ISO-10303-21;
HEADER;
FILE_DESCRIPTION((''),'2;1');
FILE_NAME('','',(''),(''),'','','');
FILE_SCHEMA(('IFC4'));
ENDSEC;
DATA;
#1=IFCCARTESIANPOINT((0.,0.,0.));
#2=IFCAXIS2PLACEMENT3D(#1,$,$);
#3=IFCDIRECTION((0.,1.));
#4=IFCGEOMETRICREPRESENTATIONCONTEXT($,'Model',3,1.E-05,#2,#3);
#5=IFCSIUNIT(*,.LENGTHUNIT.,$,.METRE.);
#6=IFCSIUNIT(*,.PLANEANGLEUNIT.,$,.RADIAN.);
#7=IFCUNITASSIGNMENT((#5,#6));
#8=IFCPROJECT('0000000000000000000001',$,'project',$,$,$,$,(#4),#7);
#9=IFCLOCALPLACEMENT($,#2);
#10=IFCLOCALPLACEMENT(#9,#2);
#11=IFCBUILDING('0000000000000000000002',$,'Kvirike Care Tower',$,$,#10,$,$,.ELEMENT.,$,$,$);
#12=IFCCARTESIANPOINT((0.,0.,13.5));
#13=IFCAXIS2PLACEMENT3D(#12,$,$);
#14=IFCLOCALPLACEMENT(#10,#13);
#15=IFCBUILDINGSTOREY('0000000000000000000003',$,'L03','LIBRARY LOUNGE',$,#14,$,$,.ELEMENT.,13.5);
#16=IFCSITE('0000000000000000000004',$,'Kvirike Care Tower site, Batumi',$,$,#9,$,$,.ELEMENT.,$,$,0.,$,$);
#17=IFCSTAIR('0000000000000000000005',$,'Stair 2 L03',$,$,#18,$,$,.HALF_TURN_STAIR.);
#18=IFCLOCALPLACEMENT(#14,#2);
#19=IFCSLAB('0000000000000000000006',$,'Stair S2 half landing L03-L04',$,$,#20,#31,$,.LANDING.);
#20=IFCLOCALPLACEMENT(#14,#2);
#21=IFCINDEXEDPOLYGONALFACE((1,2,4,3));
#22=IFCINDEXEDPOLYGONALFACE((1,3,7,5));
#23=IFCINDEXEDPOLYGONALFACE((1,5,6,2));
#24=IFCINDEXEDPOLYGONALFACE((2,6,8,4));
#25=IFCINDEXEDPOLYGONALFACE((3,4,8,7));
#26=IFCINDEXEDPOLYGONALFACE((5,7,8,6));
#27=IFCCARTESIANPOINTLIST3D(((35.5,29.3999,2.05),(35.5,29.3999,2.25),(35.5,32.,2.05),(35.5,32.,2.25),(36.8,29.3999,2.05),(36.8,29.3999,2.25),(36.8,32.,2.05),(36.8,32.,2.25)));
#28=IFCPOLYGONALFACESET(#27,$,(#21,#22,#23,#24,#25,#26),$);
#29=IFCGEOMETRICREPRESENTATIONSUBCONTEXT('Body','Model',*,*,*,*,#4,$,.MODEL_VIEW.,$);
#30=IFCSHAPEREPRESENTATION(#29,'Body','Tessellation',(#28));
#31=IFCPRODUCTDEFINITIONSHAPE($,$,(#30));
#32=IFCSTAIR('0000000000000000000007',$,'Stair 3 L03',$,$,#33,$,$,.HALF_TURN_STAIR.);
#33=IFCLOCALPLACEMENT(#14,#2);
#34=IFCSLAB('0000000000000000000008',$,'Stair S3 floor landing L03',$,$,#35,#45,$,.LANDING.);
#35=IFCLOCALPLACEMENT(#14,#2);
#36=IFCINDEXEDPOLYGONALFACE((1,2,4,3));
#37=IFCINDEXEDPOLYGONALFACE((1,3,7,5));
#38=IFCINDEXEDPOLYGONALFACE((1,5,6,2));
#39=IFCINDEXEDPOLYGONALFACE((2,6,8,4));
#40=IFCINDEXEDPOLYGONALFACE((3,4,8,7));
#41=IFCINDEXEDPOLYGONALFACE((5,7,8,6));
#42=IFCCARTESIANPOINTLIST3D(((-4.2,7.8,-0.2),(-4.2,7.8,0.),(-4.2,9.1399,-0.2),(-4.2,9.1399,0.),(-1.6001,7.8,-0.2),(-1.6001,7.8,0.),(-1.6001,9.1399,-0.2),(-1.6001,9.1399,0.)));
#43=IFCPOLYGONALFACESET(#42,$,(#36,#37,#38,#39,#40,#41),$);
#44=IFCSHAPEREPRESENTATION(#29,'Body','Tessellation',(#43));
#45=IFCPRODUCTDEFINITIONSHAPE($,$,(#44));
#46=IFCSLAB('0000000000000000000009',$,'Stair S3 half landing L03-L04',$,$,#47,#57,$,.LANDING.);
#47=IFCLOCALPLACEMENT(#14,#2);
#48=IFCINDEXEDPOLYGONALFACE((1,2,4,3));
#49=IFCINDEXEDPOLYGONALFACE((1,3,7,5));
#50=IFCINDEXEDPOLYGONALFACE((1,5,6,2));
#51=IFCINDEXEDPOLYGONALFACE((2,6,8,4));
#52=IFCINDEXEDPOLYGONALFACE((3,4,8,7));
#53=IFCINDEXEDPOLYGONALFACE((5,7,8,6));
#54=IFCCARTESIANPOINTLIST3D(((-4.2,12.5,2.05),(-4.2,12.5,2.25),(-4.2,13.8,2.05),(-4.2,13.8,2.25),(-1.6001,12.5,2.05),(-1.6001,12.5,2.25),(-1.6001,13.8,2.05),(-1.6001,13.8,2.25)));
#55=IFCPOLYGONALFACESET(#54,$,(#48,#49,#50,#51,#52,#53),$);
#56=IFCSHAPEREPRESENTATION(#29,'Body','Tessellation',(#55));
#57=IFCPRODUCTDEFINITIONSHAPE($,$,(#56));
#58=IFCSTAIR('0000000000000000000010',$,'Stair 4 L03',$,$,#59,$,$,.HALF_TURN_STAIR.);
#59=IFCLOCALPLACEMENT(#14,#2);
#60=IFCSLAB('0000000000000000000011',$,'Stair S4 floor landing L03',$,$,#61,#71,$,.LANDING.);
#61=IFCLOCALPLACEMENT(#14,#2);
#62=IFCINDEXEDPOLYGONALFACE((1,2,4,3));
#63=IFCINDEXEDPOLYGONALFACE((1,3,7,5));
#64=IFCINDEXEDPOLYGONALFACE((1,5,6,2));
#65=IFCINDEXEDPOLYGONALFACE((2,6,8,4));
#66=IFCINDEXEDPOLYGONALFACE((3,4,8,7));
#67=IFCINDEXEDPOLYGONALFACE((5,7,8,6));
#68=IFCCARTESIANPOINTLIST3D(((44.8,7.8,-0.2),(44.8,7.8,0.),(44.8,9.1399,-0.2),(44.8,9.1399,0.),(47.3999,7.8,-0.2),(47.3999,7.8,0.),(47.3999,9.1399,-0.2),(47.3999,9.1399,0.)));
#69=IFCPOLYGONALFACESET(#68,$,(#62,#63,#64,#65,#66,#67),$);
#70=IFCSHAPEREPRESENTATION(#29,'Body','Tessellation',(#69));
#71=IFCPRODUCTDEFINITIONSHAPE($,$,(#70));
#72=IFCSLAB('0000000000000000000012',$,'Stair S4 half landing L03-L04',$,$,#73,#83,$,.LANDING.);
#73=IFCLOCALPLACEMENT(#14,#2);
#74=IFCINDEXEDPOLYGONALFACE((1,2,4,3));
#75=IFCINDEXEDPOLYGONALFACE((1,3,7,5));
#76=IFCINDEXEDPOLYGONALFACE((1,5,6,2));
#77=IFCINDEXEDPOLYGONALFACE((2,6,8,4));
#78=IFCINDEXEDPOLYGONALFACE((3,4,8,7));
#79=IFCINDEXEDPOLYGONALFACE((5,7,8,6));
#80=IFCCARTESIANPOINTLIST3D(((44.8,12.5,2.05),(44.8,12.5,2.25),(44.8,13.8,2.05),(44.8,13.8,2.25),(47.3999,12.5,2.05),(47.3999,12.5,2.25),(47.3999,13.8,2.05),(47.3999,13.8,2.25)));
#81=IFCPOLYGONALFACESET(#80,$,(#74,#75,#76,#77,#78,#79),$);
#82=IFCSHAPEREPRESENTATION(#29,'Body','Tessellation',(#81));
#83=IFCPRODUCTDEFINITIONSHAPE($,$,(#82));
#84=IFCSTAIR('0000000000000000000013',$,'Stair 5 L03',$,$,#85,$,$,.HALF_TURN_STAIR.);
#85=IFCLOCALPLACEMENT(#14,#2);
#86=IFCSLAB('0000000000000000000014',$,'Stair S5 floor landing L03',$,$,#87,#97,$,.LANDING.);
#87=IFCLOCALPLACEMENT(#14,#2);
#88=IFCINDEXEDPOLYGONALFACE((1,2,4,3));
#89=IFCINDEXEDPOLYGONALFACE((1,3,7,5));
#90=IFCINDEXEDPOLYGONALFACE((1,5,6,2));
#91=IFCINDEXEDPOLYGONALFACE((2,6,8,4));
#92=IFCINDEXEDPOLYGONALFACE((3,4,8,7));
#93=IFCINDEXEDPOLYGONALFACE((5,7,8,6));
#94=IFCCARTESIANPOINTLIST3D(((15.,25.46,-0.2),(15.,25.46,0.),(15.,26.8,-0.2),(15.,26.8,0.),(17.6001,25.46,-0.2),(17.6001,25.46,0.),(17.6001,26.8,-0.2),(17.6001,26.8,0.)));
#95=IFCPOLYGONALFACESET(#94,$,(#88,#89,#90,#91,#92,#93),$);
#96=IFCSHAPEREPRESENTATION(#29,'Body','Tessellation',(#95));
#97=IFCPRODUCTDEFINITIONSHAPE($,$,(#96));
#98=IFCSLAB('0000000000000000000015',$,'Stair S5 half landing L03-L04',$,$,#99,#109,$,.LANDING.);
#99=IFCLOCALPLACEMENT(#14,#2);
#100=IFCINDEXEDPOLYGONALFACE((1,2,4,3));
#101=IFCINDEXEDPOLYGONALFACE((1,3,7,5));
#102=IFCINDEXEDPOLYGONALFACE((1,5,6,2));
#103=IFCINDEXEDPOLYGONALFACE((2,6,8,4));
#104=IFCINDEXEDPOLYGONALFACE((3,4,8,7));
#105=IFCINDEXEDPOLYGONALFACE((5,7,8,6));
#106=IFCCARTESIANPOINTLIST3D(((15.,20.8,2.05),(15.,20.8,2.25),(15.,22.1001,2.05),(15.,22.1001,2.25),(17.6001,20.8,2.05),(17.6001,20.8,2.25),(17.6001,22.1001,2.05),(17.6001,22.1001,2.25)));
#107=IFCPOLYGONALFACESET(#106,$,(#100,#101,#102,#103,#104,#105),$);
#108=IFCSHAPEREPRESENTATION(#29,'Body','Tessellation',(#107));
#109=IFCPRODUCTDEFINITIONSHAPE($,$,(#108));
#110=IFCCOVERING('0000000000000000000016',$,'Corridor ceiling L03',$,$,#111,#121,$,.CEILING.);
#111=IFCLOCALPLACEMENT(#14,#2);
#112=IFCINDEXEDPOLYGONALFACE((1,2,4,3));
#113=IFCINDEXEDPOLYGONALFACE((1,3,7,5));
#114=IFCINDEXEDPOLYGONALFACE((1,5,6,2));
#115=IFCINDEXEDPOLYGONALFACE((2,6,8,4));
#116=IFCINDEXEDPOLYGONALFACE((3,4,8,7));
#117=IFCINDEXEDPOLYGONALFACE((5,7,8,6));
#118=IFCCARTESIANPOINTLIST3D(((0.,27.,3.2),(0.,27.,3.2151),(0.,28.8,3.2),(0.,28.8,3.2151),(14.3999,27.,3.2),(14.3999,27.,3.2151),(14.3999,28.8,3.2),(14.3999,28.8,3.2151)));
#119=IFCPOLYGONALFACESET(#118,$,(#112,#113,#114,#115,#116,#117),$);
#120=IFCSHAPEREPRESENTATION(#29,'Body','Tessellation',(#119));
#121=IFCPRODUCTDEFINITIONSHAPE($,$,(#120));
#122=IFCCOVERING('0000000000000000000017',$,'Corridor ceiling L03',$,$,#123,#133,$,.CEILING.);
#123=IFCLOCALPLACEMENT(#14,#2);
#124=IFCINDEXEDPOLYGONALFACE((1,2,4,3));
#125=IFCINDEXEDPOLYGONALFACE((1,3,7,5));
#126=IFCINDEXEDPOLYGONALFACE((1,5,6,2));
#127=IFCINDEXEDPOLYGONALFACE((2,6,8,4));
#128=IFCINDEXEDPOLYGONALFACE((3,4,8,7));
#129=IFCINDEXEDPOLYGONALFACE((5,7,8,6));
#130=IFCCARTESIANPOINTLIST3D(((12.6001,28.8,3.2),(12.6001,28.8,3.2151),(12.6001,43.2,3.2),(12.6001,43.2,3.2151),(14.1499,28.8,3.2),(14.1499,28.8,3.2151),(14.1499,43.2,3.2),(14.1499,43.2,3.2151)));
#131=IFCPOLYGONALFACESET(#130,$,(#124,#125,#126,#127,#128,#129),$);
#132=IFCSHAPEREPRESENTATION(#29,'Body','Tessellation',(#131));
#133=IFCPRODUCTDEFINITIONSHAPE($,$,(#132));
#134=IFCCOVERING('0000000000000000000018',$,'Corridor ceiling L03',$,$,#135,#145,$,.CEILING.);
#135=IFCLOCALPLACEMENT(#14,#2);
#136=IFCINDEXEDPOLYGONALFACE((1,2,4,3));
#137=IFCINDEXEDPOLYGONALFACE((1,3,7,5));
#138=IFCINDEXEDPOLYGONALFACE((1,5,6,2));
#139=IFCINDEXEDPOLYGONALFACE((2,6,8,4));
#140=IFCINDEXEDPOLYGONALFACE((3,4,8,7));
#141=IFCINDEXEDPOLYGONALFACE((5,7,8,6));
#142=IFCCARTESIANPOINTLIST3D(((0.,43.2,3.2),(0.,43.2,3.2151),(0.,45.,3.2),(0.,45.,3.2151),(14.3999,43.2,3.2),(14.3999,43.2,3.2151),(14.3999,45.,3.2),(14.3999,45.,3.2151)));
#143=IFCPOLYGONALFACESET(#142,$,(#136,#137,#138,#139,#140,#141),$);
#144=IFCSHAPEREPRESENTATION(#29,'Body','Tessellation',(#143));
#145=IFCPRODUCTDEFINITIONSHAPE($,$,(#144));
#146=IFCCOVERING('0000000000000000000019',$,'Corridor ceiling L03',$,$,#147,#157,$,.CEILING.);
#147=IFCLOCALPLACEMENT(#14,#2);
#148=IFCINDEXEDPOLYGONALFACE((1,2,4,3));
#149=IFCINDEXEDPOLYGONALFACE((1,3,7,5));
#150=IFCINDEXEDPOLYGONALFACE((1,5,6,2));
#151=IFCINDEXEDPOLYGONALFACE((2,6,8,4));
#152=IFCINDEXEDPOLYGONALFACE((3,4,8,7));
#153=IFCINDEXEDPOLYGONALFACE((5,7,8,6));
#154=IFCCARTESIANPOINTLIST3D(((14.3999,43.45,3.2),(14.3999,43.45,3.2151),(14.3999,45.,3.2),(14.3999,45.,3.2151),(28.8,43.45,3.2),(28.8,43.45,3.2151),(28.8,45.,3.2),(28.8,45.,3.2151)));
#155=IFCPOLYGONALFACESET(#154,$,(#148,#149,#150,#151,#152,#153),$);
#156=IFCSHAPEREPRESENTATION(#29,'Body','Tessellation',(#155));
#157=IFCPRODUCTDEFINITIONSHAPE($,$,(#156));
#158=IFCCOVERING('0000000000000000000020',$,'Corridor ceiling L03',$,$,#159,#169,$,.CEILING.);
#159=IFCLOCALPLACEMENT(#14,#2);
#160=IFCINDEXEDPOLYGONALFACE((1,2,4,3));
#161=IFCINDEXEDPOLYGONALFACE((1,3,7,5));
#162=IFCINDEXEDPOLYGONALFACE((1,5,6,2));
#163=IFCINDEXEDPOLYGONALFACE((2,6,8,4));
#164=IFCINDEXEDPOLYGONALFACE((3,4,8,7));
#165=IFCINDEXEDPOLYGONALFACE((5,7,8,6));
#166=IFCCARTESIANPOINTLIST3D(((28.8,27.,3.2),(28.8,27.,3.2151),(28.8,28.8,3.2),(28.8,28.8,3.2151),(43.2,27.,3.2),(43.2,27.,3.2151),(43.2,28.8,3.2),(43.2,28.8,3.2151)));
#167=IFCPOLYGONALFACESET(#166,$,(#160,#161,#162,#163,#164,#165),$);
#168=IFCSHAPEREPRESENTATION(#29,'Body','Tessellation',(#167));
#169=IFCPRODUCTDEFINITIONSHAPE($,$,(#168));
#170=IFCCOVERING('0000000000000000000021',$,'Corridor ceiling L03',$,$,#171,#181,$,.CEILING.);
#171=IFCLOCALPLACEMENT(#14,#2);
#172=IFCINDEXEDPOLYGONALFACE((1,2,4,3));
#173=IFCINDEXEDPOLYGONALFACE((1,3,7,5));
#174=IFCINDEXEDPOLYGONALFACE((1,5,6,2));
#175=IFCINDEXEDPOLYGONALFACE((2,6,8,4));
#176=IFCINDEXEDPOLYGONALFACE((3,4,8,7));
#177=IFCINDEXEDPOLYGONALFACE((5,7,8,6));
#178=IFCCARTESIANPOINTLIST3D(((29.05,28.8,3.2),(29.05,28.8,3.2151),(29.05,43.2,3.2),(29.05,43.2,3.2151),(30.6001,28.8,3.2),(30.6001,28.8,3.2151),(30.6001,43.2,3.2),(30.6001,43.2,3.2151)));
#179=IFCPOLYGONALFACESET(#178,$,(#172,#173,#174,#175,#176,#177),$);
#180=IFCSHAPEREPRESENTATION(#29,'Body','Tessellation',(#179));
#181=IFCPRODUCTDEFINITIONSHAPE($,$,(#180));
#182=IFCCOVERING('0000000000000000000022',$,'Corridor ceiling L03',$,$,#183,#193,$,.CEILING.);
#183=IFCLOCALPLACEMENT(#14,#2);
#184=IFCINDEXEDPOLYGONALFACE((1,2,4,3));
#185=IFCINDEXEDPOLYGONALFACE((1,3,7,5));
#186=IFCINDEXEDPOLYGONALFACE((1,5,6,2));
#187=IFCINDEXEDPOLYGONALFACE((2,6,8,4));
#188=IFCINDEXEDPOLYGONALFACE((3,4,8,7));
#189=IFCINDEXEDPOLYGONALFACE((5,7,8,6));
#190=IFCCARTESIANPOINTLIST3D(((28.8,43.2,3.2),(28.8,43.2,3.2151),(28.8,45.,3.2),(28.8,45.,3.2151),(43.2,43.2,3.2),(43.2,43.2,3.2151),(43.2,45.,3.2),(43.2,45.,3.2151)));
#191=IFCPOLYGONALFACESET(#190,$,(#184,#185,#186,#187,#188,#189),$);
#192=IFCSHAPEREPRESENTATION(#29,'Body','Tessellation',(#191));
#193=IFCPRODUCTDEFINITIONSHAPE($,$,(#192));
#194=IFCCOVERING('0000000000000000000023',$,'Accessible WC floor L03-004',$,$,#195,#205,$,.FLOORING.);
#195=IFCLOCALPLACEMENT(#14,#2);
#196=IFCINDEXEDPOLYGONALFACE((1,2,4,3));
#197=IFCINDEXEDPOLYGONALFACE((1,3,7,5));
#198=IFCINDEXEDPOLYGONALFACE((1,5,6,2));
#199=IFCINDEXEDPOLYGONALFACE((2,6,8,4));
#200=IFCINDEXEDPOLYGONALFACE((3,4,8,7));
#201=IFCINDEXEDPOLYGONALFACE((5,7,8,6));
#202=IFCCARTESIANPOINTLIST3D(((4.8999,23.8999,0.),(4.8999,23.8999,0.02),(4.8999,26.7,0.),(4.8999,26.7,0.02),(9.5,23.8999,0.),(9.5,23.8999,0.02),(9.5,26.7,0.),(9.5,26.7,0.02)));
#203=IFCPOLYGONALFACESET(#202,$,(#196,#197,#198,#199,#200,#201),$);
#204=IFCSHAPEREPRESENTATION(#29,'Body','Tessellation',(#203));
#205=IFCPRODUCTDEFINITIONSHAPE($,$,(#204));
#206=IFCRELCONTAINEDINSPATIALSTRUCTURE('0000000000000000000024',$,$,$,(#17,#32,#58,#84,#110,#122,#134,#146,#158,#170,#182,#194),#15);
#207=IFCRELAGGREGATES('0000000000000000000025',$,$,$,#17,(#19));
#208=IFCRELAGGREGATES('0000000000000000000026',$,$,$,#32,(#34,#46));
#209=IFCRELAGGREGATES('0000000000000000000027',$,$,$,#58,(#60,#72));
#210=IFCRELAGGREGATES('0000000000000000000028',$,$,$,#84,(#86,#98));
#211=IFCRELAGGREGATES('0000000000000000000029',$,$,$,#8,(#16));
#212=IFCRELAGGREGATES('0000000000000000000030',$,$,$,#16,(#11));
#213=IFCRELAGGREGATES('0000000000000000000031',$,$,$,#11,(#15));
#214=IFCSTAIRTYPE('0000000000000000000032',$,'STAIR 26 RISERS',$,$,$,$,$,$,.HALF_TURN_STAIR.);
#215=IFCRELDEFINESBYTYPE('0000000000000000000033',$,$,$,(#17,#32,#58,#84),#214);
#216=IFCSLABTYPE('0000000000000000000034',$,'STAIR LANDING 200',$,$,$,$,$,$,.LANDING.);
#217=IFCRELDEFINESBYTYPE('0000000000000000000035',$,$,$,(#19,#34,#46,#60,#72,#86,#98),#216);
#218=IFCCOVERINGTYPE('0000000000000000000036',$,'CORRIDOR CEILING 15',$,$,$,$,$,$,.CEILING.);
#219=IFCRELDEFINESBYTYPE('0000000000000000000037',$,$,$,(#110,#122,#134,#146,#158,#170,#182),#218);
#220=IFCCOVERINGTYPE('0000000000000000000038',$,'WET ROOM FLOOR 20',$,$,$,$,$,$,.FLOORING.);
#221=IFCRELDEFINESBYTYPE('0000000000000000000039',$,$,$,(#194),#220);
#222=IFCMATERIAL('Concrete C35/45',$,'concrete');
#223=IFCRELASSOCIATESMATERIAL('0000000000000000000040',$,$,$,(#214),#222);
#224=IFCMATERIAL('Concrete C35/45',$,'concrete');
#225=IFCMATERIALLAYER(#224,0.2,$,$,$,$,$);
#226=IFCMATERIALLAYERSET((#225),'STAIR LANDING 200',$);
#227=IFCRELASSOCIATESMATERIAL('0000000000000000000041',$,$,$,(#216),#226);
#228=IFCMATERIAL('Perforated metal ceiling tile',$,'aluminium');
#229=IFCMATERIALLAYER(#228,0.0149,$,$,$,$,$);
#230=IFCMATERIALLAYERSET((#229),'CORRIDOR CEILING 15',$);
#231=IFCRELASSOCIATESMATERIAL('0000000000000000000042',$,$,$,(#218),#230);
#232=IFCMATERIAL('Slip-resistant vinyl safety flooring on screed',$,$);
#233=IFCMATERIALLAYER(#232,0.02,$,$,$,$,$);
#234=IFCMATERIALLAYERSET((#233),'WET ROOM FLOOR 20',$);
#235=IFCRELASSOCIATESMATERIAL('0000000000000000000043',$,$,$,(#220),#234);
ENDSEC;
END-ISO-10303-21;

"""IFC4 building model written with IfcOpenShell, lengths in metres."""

from ifc_helpers import new_model, si_unit, direction, frame, origin, place, context, subcontext, project, spatial, polyline, outline, extrude, material, layer, layer_set, type_object, element, aggregate, save


model = new_model("IFC4")

# Units and contexts
model_context = context("Model", 3, precision=1e-05, world=origin(), true_north=direction((0.0, 1.0)))
body_context = subcontext(model_context, "Body", "Model", "MODEL_VIEW")
ifc_project = project(units=[si_unit("LENGTHUNIT", "METRE"), si_unit("PLANEANGLEUNIT", "RADIAN")], contexts=[model_context])

# Site, building, storey
site_placement = place(None, origin())
site = spatial("IfcSite", under=ifc_project, at=site_placement, Name="Kvirike Care Tower site, Batumi", CompositionType="ELEMENT", RefElevation=0.0)
building_placement = place(site_placement, origin())
building = spatial("IfcBuilding", under=site, at=building_placement, Name="Kvirike Care Tower", CompositionType="ELEMENT")
storey_placement = place(building_placement, frame((0.0, 0.0, 13.5)))
storey = spatial("IfcBuildingStorey", under=building, at=storey_placement, Name="L03", Description="LIBRARY LOUNGE", CompositionType="ELEMENT", Elevation=13.5)

# Stairs, slabs
ifc_material_1 = material(Name="Concrete C35/45", Category="concrete")
stair_type = type_object("IfcStairType", Name="STAIR 26 RISERS", PredefinedType="HALF_TURN_STAIR", material=ifc_material_1)
ifc_material_2 = material(Name="Concrete C35/45", Category="concrete")
ifc_layer_1 = layer(ifc_material_2, 0.2)
ifc_layer_set_1 = layer_set([ifc_layer_1], Name="STAIR LANDING 200")
slab_type_1 = type_object("IfcSlabType", Name="STAIR LANDING 200", PredefinedType="LANDING", material=ifc_layer_set_1)
stair_1_placement = place(storey_placement, origin())
stair_1 = element("IfcStair", 1, at=stair_1_placement, inside=storey, type_object=stair_type, Name="Stair 2 L03", PredefinedType="HALF_TURN_STAIR")
slab_1_placement = place(storey_placement, frame((0.0, 0.0, 2.05)))
slab_1 = element("IfcSlab", 2, at=slab_1_placement, type_object=slab_type_1, Name="Stair S2 half landing L03-L04", PredefinedType="LANDING", context=body_context, shape_type="SweptSolid", body=[
    extrude(outline(polyline([(36.8, 29.3999), (36.8, 32.0), (35.5, 32.0), (35.5, 29.3999), (36.8, 29.3999)])), origin(), (0.0, 0.0, 1.0), 0.2),
])
aggregate(stair_1, [slab_1])
stair_2_placement = place(storey_placement, origin())
stair_2 = element("IfcStair", 3, at=stair_2_placement, inside=storey, type_object=stair_type, Name="Stair 3 L03", PredefinedType="HALF_TURN_STAIR")
slab_2_placement = place(storey_placement, frame((0.0, 0.0, -0.2)))
slab_2 = element("IfcSlab", 4, at=slab_2_placement, type_object=slab_type_1, Name="Stair S3 floor landing L03", PredefinedType="LANDING", context=body_context, shape_type="SweptSolid", body=[
    extrude(outline(polyline([(-4.2, 7.8), (-1.6001, 7.8), (-1.6001, 9.1399), (-4.2, 9.1399), (-4.2, 7.8)])), origin(), (0.0, 0.0, 1.0), 0.2),
])
slab_3_placement = place(storey_placement, frame((0.0, 0.0, 2.05)))
slab_3 = element("IfcSlab", 5, at=slab_3_placement, type_object=slab_type_1, Name="Stair S3 half landing L03-L04", PredefinedType="LANDING", context=body_context, shape_type="SweptSolid", body=[
    extrude(outline(polyline([(-4.2, 12.5), (-1.6001, 12.5), (-1.6001, 13.8), (-4.2, 13.8), (-4.2, 12.5)])), origin(), (0.0, 0.0, 1.0), 0.2),
])
aggregate(stair_2, [slab_2, slab_3])
stair_3_placement = place(storey_placement, origin())
stair_3 = element("IfcStair", 6, at=stair_3_placement, inside=storey, type_object=stair_type, Name="Stair 4 L03", PredefinedType="HALF_TURN_STAIR")
slab_4_placement = place(storey_placement, frame((0.0, 0.0, -0.2)))
slab_4 = element("IfcSlab", 7, at=slab_4_placement, type_object=slab_type_1, Name="Stair S4 floor landing L03", PredefinedType="LANDING", context=body_context, shape_type="SweptSolid", body=[
    extrude(outline(polyline([(44.8, 7.8), (47.3999, 7.8), (47.3999, 9.1399), (44.8, 9.1399), (44.8, 7.8)])), origin(), (0.0, 0.0, 1.0), 0.2),
])
slab_5_placement = place(storey_placement, frame((0.0, 0.0, 2.05)))
slab_5 = element("IfcSlab", 8, at=slab_5_placement, type_object=slab_type_1, Name="Stair S4 half landing L03-L04", PredefinedType="LANDING", context=body_context, shape_type="SweptSolid", body=[
    extrude(outline(polyline([(44.8, 12.5), (47.3999, 12.5), (47.3999, 13.8), (44.8, 13.8), (44.8, 12.5)])), origin(), (0.0, 0.0, 1.0), 0.2),
])
aggregate(stair_3, [slab_4, slab_5])
stair_4_placement = place(storey_placement, origin())
stair_4 = element("IfcStair", 9, at=stair_4_placement, inside=storey, type_object=stair_type, Name="Stair 5 L03", PredefinedType="HALF_TURN_STAIR")
slab_6_placement = place(storey_placement, frame((0.0, 0.0, -0.2)))
slab_6 = element("IfcSlab", 10, at=slab_6_placement, type_object=slab_type_1, Name="Stair S5 floor landing L03", PredefinedType="LANDING", context=body_context, shape_type="SweptSolid", body=[
    extrude(outline(polyline([(15.0, 25.46), (17.6001, 25.46), (17.6001, 26.8), (15.0, 26.8), (15.0, 25.46)])), origin(), (0.0, 0.0, 1.0), 0.2),
])
slab_7_placement = place(storey_placement, frame((0.0, 0.0, 2.05)))
slab_7 = element("IfcSlab", 11, at=slab_7_placement, type_object=slab_type_1, Name="Stair S5 half landing L03-L04", PredefinedType="LANDING", context=body_context, shape_type="SweptSolid", body=[
    extrude(outline(polyline([(15.0, 20.8), (17.6001, 20.8), (17.6001, 22.1001), (15.0, 22.1001), (15.0, 20.8)])), origin(), (0.0, 0.0, 1.0), 0.2),
])
aggregate(stair_4, [slab_6, slab_7])

# Coverings
ifc_material_3 = material(Name="Perforated metal ceiling tile", Category="aluminium")
ifc_layer_2 = layer(ifc_material_3, 0.0149)
ifc_layer_set_2 = layer_set([ifc_layer_2], Name="CORRIDOR CEILING 15")
covering_type_1 = type_object("IfcCoveringType", Name="CORRIDOR CEILING 15", PredefinedType="CEILING", material=ifc_layer_set_2)
covering_1_placement = place(storey_placement, frame((0.0, 0.0, 3.2)))
element("IfcCovering", 12, at=covering_1_placement, inside=storey, type_object=covering_type_1, Name="Corridor ceiling L03", PredefinedType="CEILING", context=body_context, shape_type="SweptSolid", body=[
    extrude(outline(polyline([(0.0, 27.0), (0.0, 28.8), (14.3999, 28.8), (14.3999, 27.0), (0.0, 27.0)])), origin(), (0.0, 0.0, 1.0), 0.0151),
])
covering_2_placement = place(storey_placement, frame((0.0, 0.0, 3.2)))
element("IfcCovering", 13, at=covering_2_placement, inside=storey, type_object=covering_type_1, Name="Corridor ceiling L03", PredefinedType="CEILING", context=body_context, shape_type="SweptSolid", body=[
    extrude(outline(polyline([(12.6001, 43.2), (14.1499, 43.2), (14.1499, 28.8), (12.6001, 28.8), (12.6001, 43.2)])), origin(), (0.0, 0.0, 1.0), 0.0151),
])
covering_3_placement = place(storey_placement, frame((0.0, 0.0, 3.2)))
element("IfcCovering", 14, at=covering_3_placement, inside=storey, type_object=covering_type_1, Name="Corridor ceiling L03", PredefinedType="CEILING", context=body_context, shape_type="SweptSolid", body=[
    extrude(outline(polyline([(14.3999, 45.0), (14.3999, 43.2), (0.0, 43.2), (0.0, 45.0), (14.3999, 45.0)])), origin(), (0.0, 0.0, 1.0), 0.0151),
])
covering_4_placement = place(storey_placement, frame((0.0, 0.0, 3.2)))
element("IfcCovering", 15, at=covering_4_placement, inside=storey, type_object=covering_type_1, Name="Corridor ceiling L03", PredefinedType="CEILING", context=body_context, shape_type="SweptSolid", body=[
    extrude(outline(polyline([(28.8, 45.0), (28.8, 43.45), (14.3999, 43.45), (14.3999, 45.0), (28.8, 45.0)])), origin(), (0.0, 0.0, 1.0), 0.0151),
])
covering_5_placement = place(storey_placement, frame((0.0, 0.0, 3.2)))
element("IfcCovering", 16, at=covering_5_placement, inside=storey, type_object=covering_type_1, Name="Corridor ceiling L03", PredefinedType="CEILING", context=body_context, shape_type="SweptSolid", body=[
    extrude(outline(polyline([(28.8, 27.0), (28.8, 28.8), (43.2, 28.8), (43.2, 27.0), (28.8, 27.0)])), origin(), (0.0, 0.0, 1.0), 0.0151),
])
covering_6_placement = place(storey_placement, frame((0.0, 0.0, 3.2)))
element("IfcCovering", 17, at=covering_6_placement, inside=storey, type_object=covering_type_1, Name="Corridor ceiling L03", PredefinedType="CEILING", context=body_context, shape_type="SweptSolid", body=[
    extrude(outline(polyline([(30.6001, 28.8), (29.05, 28.8), (29.05, 43.2), (30.6001, 43.2), (30.6001, 28.8)])), origin(), (0.0, 0.0, 1.0), 0.0151),
])
covering_7_placement = place(storey_placement, frame((0.0, 0.0, 3.2)))
element("IfcCovering", 18, at=covering_7_placement, inside=storey, type_object=covering_type_1, Name="Corridor ceiling L03", PredefinedType="CEILING", context=body_context, shape_type="SweptSolid", body=[
    extrude(outline(polyline([(43.2, 45.0), (43.2, 43.2), (28.8, 43.2), (28.8, 45.0), (43.2, 45.0)])), origin(), (0.0, 0.0, 1.0), 0.0151),
])
ifc_material_4 = material(Name="Slip-resistant vinyl safety flooring on screed")
ifc_layer_3 = layer(ifc_material_4, 0.02)
ifc_layer_set_3 = layer_set([ifc_layer_3], Name="WET ROOM FLOOR 20")
covering_type_2 = type_object("IfcCoveringType", Name="WET ROOM FLOOR 20", PredefinedType="FLOORING", material=ifc_layer_set_3)
covering_8_placement = place(storey_placement, origin())
element("IfcCovering", 19, at=covering_8_placement, inside=storey, type_object=covering_type_2, Name="Accessible WC floor L03-004", PredefinedType="FLOORING", context=body_context, shape_type="SweptSolid", body=[
    extrude(outline(polyline([(4.8999, 26.7), (9.5, 26.7), (9.5, 23.8999), (4.8999, 23.8999), (4.8999, 26.7)])), origin(), (0.0, 0.0, 1.0), 0.02),
])

save(model, "model.ifc")
